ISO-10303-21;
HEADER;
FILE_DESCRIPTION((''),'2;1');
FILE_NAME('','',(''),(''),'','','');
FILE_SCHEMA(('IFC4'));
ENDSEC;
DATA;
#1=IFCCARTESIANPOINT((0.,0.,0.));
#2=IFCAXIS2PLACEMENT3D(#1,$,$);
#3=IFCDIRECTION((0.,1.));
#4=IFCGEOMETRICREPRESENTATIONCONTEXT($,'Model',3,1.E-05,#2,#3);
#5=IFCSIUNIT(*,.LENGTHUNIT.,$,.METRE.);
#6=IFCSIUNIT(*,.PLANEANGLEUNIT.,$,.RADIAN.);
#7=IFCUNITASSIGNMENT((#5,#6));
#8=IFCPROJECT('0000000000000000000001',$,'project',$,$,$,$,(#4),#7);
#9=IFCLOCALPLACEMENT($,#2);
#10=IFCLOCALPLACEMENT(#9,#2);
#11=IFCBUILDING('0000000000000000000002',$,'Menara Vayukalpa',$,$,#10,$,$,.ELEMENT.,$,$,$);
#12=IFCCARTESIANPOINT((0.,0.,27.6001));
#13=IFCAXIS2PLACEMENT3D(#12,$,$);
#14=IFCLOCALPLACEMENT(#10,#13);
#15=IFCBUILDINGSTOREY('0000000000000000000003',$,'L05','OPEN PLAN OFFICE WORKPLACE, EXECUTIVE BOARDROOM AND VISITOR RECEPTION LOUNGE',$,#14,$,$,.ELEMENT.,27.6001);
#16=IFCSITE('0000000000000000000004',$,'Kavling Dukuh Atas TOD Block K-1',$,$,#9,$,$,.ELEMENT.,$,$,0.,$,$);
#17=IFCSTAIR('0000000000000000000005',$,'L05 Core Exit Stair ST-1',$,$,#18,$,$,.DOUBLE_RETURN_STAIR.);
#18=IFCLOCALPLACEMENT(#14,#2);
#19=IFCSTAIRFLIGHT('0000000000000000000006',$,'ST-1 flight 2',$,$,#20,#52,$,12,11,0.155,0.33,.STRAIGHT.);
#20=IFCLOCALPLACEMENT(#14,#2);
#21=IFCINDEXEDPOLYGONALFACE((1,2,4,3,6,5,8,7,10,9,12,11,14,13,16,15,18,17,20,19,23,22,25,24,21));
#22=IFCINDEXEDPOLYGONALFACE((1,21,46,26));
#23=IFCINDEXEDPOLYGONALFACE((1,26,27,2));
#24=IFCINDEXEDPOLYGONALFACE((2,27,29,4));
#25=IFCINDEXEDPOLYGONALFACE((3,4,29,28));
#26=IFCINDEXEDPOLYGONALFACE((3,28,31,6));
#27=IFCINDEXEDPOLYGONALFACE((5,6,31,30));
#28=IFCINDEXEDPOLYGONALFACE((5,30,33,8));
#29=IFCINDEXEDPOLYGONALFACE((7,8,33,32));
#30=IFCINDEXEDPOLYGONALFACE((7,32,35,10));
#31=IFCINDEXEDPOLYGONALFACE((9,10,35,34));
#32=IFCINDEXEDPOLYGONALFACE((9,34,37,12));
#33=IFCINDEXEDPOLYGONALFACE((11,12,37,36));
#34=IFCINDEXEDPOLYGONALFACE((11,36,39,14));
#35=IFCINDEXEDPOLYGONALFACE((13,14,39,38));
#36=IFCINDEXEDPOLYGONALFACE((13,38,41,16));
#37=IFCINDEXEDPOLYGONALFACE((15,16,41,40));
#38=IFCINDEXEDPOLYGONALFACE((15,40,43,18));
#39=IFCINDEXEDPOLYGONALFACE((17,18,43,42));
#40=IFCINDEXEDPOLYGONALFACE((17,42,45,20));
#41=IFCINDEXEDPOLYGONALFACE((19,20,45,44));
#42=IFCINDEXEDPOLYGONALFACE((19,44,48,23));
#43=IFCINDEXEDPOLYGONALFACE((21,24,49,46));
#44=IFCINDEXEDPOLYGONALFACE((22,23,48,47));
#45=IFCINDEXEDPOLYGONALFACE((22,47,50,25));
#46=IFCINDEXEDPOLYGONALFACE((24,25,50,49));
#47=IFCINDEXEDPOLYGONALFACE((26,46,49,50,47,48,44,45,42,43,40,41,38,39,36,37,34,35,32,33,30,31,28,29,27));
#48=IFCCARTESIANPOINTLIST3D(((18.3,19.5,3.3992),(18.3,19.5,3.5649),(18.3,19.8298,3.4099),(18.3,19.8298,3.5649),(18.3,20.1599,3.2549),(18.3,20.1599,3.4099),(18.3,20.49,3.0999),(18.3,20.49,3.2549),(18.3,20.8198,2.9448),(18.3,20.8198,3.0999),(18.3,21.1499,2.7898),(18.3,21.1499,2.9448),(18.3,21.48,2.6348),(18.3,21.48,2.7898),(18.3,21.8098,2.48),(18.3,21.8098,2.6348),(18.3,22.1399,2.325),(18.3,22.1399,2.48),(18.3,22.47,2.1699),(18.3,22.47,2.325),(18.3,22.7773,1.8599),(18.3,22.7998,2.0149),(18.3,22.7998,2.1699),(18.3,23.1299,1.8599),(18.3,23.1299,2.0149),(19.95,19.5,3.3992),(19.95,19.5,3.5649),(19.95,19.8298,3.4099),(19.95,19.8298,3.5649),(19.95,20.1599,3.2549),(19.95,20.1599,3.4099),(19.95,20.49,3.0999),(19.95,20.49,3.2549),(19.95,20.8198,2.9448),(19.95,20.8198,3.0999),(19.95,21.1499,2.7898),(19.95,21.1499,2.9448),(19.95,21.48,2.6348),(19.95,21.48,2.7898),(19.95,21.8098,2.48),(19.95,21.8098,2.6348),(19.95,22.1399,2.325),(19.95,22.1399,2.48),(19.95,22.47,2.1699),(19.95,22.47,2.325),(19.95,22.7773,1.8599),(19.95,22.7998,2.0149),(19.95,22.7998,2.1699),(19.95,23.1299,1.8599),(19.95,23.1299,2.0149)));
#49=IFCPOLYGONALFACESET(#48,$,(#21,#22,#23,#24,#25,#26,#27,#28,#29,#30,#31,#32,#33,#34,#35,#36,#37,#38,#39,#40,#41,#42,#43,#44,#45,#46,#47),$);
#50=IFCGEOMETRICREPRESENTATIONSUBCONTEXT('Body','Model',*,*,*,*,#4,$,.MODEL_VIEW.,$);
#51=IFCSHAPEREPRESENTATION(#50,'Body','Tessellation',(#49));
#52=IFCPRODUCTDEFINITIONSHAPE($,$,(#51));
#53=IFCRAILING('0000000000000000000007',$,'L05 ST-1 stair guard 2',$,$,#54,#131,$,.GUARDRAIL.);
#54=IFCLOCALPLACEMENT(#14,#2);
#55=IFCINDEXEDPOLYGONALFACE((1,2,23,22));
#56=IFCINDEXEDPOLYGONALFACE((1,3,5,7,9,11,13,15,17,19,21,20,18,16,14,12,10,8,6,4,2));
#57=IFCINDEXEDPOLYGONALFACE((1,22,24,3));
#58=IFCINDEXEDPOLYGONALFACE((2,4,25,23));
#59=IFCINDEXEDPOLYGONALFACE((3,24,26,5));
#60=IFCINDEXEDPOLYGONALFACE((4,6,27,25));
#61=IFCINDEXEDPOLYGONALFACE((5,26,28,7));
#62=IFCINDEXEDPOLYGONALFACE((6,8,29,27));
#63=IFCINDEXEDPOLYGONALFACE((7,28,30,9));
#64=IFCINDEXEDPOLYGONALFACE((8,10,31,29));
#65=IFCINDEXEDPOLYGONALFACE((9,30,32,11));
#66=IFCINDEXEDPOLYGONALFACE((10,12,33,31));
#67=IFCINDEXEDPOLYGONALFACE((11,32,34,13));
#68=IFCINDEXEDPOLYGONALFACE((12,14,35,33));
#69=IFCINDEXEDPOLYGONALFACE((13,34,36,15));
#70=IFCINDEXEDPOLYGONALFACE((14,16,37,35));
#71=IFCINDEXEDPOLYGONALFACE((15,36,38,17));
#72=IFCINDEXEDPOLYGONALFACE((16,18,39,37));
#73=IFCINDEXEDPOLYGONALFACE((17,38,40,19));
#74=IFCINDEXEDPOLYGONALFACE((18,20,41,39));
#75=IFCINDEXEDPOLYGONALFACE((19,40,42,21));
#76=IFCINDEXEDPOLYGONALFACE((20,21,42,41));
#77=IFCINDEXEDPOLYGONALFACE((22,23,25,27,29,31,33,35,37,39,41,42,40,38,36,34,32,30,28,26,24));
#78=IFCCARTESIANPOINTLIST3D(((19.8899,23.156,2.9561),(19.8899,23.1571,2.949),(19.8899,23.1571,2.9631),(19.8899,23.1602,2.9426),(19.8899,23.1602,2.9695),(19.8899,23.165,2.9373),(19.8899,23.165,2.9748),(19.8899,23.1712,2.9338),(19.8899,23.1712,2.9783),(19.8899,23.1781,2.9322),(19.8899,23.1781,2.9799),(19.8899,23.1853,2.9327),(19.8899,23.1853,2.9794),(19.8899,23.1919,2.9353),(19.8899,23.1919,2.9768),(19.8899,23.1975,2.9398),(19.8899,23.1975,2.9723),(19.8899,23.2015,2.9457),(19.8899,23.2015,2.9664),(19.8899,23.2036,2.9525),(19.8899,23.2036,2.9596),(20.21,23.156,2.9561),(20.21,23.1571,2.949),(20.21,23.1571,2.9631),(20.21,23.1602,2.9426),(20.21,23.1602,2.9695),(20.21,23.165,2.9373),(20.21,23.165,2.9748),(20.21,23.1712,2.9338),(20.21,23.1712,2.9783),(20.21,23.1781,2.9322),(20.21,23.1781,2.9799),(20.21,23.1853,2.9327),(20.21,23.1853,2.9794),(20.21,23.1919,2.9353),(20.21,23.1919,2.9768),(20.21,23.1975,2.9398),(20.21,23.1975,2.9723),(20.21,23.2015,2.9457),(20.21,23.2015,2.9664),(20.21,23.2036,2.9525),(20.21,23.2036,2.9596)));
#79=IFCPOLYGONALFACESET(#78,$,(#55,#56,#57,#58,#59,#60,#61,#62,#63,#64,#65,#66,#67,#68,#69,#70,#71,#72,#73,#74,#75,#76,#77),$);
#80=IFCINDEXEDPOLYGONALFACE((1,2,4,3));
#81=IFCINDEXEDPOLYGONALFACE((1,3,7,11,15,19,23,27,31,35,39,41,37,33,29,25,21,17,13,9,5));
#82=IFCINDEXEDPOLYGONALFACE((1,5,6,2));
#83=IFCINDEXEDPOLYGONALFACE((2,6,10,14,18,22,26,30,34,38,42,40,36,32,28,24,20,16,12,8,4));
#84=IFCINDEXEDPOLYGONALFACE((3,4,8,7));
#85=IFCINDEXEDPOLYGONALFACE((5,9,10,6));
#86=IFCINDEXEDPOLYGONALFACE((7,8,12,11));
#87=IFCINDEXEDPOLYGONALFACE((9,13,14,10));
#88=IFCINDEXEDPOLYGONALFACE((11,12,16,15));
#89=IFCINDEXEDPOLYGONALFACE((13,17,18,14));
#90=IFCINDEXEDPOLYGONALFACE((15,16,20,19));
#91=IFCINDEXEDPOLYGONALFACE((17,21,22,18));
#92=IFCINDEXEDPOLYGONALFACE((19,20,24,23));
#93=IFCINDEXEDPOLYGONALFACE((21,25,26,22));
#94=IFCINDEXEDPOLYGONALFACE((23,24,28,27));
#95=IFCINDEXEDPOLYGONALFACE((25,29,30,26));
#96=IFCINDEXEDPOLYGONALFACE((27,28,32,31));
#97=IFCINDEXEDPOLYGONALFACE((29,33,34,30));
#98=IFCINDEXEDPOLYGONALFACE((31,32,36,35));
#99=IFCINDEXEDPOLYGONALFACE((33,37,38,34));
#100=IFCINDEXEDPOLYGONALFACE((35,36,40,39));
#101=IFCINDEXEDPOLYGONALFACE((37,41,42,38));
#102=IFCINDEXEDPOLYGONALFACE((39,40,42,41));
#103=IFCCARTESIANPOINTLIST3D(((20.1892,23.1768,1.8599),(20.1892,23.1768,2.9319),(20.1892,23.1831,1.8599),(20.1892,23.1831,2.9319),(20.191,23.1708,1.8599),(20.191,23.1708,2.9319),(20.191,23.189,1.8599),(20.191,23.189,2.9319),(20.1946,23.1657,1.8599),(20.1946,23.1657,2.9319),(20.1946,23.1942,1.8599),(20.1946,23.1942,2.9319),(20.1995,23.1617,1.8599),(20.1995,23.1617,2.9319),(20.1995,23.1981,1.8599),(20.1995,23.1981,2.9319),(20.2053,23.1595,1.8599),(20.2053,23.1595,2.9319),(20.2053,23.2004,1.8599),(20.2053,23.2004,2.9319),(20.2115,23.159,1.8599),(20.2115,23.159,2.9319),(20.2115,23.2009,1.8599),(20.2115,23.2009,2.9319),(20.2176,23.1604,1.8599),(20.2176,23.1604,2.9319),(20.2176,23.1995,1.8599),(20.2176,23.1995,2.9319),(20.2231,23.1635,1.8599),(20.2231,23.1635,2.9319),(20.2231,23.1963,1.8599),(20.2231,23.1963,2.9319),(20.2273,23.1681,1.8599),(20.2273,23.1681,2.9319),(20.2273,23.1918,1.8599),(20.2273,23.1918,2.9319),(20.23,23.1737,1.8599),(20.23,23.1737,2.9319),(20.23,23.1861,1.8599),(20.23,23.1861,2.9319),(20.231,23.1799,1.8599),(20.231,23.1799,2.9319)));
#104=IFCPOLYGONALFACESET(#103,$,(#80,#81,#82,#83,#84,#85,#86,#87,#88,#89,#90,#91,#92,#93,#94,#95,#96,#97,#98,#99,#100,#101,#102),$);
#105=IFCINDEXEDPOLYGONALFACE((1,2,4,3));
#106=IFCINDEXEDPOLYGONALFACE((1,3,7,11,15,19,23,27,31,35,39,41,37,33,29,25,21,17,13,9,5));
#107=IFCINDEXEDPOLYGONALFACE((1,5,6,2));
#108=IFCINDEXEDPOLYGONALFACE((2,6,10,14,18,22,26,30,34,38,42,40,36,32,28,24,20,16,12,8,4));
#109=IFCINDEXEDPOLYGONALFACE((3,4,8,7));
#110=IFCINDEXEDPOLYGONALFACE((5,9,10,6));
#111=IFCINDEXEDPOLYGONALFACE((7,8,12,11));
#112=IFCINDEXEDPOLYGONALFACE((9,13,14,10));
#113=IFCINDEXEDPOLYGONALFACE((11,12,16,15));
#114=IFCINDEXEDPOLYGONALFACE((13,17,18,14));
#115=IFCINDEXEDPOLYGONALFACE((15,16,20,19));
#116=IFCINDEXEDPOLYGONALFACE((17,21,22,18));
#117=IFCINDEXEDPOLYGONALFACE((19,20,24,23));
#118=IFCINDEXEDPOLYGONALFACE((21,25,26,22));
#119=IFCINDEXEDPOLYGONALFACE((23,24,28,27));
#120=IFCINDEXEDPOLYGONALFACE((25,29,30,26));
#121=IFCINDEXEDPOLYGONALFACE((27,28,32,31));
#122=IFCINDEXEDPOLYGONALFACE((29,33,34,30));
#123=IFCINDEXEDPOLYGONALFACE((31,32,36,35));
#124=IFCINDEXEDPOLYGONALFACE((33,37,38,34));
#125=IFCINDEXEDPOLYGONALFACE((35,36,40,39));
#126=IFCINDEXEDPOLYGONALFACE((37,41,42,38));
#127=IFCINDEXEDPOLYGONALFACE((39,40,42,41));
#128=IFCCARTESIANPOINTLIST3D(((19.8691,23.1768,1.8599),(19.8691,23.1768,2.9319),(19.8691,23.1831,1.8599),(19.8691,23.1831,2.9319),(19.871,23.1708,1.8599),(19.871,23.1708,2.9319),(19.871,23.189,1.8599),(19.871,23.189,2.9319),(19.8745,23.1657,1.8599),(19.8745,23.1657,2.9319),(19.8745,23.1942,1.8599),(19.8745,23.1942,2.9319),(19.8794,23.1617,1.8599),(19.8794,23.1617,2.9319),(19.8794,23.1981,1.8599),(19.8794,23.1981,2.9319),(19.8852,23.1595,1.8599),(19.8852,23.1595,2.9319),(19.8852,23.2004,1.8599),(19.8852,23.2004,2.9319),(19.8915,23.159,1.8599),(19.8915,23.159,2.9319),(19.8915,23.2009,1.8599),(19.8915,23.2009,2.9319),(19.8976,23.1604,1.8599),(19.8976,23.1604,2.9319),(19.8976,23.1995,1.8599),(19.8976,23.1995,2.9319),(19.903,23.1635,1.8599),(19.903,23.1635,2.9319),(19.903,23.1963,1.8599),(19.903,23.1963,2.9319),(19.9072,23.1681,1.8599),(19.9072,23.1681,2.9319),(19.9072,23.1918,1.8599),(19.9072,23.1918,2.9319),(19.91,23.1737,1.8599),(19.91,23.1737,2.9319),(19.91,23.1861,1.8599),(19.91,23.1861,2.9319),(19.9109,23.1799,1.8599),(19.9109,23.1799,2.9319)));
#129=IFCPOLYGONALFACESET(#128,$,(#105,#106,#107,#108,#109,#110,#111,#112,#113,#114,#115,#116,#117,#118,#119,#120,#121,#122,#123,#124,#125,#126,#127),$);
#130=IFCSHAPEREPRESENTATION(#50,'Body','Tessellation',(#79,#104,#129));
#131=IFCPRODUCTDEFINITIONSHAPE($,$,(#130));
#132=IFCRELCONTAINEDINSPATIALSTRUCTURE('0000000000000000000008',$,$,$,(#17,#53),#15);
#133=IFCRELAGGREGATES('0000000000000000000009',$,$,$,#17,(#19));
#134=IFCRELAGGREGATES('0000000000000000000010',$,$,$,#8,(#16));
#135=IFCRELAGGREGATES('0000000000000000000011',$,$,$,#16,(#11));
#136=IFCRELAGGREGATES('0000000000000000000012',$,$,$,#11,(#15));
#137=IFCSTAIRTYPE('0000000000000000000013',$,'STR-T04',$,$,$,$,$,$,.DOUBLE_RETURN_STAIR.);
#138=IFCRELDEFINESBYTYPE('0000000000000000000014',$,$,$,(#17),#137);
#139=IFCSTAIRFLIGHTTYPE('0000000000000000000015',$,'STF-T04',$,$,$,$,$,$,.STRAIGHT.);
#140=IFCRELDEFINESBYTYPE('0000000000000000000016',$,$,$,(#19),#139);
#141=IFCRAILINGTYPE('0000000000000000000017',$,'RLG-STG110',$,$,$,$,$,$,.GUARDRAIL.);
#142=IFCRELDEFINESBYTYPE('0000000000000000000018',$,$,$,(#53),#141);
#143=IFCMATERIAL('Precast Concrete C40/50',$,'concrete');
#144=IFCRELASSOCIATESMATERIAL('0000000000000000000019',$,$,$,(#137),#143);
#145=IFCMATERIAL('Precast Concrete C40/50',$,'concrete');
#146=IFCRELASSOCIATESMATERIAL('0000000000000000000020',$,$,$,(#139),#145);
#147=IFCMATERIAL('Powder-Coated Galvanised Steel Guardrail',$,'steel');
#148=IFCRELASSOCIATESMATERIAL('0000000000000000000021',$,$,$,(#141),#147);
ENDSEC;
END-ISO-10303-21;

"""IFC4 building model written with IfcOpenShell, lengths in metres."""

from ifc_helpers import new_model, si_unit, direction, frame, origin, origin_2d, place, context, subcontext, project, spatial, polyline, circle, outline, extrude, material, type_object, element, aggregate, save


model = new_model("IFC4")

# Units and contexts
model_context = context("Model", 3, precision=1e-05, world=origin(), true_north=direction((0.0, 1.0)))
body_context = subcontext(model_context, "Body", "Model", "MODEL_VIEW")
ifc_project = project(units=[si_unit("LENGTHUNIT", "METRE"), si_unit("PLANEANGLEUNIT", "RADIAN")], contexts=[model_context])

# Site, building, storey
site_placement = place(None, origin())
site = spatial("IfcSite", under=ifc_project, at=site_placement, Name="Kavling Dukuh Atas TOD Block K-1", CompositionType="ELEMENT", RefElevation=0.0)
building_placement = place(site_placement, origin())
building = spatial("IfcBuilding", under=site, at=building_placement, Name="Menara Vayukalpa", CompositionType="ELEMENT")
storey_placement = place(building_placement, frame((0.0, 0.0, 27.6001)))
storey = spatial("IfcBuildingStorey", under=building, at=storey_placement, Name="L05", Description="OPEN PLAN OFFICE WORKPLACE, EXECUTIVE BOARDROOM AND VISITOR RECEPTION LOUNGE", CompositionType="ELEMENT", Elevation=27.6001)

# Stair, stair flight
ifc_material_1 = material(Name="Precast Concrete C40/50", Category="concrete")
stair_type = type_object("IfcStairType", Name="STR-T04", PredefinedType="DOUBLE_RETURN_STAIR", material=ifc_material_1)
stair_placement = place(storey_placement, origin())
stair = element("IfcStair", 1, at=stair_placement, inside=storey, type_object=stair_type, Name="L05 Core Exit Stair ST-1", PredefinedType="DOUBLE_RETURN_STAIR")
ifc_material_2 = material(Name="Precast Concrete C40/50", Category="concrete")
stair_flight_type = type_object("IfcStairFlightType", Name="STF-T04", PredefinedType="STRAIGHT", material=ifc_material_2)
stair_flight_placement = place(storey_placement, frame((19.125, 23.1299, 1.8599), z_axis=(0.0, 0.0, 1.0), x_axis=(0.0, -1.0, 0.0)))
stair_flight = element("IfcStairFlight", 2, at=stair_flight_placement, type_object=stair_flight_type, Name="ST-1 flight 2", NumberOfRisers=12, NumberOfTreads=11, PredefinedType="STRAIGHT", RiserHeight=0.155, TreadLength=0.33, context=body_context, shape_type="SweptSolid", body=[
    extrude(outline(polyline([(0.0, 0.0), (0.0, 0.155), (0.3301, 0.155), (0.3301, 0.3101), (0.6599, 0.3101), (0.6599, 0.4651), (0.99, 0.4651), (0.99, 0.6201), (1.3201, 0.6201), (1.3201, 0.7749), (1.6499, 0.7749), (1.6499, 0.9299), (1.98, 0.9299), (1.98, 1.085), (2.3101, 1.085), (2.3101, 1.24), (2.6399, 1.24), (2.6399, 1.395), (2.97, 1.395), (2.97, 1.55), (3.3, 1.55), (3.3, 1.7051), (3.6299, 1.7051), (3.6299, 1.8601), (3.6299, 1.5393), (0.3525, 0.0), (0.0, 0.0)])), frame((0.0, 0.825, 0.0), z_axis=(0.0, -1.0, 0.0), x_axis=(1.0, 0.0, 0.0)), (0.0, 0.0, 1.0), 1.6499),
])
aggregate(stair, [stair_flight])

# Railing
ifc_material_3 = material(Name="Powder-Coated Galvanised Steel Guardrail", Category="steel")
railing_type_1 = type_object("IfcRailingType", Name="RLG-STG110", PredefinedType="GUARDRAIL", material=ifc_material_3)
railing_1_placement = place(storey_placement, frame((20.21, 23.1799, 1.8599)))
element("IfcRailing", 3, at=railing_1_placement, inside=storey, type_object=railing_type_1, Name="L05 ST-1 stair guard 2", PredefinedType="GUARDRAIL", context=body_context, shape_type="SweptSolid", body=[
    extrude(circle(Radius=0.0239, at=origin_2d()), frame((0.0, 0.0, 1.0962), z_axis=(-1.0, 0.0, 0.0), x_axis=(0.0, -1.0, 0.0)), (0.0, 0.0, 1.0), 0.3201),
    extrude(circle(Radius=0.021, at=origin_2d()), origin(), (0.0, 0.0, 1.0), 1.072),
    extrude(circle(Radius=0.021, at=origin_2d()), frame((-0.3201, 0.0, 0.0)), (0.0, 0.0, 1.0), 1.072),
])

save(model, "model.ifc")
